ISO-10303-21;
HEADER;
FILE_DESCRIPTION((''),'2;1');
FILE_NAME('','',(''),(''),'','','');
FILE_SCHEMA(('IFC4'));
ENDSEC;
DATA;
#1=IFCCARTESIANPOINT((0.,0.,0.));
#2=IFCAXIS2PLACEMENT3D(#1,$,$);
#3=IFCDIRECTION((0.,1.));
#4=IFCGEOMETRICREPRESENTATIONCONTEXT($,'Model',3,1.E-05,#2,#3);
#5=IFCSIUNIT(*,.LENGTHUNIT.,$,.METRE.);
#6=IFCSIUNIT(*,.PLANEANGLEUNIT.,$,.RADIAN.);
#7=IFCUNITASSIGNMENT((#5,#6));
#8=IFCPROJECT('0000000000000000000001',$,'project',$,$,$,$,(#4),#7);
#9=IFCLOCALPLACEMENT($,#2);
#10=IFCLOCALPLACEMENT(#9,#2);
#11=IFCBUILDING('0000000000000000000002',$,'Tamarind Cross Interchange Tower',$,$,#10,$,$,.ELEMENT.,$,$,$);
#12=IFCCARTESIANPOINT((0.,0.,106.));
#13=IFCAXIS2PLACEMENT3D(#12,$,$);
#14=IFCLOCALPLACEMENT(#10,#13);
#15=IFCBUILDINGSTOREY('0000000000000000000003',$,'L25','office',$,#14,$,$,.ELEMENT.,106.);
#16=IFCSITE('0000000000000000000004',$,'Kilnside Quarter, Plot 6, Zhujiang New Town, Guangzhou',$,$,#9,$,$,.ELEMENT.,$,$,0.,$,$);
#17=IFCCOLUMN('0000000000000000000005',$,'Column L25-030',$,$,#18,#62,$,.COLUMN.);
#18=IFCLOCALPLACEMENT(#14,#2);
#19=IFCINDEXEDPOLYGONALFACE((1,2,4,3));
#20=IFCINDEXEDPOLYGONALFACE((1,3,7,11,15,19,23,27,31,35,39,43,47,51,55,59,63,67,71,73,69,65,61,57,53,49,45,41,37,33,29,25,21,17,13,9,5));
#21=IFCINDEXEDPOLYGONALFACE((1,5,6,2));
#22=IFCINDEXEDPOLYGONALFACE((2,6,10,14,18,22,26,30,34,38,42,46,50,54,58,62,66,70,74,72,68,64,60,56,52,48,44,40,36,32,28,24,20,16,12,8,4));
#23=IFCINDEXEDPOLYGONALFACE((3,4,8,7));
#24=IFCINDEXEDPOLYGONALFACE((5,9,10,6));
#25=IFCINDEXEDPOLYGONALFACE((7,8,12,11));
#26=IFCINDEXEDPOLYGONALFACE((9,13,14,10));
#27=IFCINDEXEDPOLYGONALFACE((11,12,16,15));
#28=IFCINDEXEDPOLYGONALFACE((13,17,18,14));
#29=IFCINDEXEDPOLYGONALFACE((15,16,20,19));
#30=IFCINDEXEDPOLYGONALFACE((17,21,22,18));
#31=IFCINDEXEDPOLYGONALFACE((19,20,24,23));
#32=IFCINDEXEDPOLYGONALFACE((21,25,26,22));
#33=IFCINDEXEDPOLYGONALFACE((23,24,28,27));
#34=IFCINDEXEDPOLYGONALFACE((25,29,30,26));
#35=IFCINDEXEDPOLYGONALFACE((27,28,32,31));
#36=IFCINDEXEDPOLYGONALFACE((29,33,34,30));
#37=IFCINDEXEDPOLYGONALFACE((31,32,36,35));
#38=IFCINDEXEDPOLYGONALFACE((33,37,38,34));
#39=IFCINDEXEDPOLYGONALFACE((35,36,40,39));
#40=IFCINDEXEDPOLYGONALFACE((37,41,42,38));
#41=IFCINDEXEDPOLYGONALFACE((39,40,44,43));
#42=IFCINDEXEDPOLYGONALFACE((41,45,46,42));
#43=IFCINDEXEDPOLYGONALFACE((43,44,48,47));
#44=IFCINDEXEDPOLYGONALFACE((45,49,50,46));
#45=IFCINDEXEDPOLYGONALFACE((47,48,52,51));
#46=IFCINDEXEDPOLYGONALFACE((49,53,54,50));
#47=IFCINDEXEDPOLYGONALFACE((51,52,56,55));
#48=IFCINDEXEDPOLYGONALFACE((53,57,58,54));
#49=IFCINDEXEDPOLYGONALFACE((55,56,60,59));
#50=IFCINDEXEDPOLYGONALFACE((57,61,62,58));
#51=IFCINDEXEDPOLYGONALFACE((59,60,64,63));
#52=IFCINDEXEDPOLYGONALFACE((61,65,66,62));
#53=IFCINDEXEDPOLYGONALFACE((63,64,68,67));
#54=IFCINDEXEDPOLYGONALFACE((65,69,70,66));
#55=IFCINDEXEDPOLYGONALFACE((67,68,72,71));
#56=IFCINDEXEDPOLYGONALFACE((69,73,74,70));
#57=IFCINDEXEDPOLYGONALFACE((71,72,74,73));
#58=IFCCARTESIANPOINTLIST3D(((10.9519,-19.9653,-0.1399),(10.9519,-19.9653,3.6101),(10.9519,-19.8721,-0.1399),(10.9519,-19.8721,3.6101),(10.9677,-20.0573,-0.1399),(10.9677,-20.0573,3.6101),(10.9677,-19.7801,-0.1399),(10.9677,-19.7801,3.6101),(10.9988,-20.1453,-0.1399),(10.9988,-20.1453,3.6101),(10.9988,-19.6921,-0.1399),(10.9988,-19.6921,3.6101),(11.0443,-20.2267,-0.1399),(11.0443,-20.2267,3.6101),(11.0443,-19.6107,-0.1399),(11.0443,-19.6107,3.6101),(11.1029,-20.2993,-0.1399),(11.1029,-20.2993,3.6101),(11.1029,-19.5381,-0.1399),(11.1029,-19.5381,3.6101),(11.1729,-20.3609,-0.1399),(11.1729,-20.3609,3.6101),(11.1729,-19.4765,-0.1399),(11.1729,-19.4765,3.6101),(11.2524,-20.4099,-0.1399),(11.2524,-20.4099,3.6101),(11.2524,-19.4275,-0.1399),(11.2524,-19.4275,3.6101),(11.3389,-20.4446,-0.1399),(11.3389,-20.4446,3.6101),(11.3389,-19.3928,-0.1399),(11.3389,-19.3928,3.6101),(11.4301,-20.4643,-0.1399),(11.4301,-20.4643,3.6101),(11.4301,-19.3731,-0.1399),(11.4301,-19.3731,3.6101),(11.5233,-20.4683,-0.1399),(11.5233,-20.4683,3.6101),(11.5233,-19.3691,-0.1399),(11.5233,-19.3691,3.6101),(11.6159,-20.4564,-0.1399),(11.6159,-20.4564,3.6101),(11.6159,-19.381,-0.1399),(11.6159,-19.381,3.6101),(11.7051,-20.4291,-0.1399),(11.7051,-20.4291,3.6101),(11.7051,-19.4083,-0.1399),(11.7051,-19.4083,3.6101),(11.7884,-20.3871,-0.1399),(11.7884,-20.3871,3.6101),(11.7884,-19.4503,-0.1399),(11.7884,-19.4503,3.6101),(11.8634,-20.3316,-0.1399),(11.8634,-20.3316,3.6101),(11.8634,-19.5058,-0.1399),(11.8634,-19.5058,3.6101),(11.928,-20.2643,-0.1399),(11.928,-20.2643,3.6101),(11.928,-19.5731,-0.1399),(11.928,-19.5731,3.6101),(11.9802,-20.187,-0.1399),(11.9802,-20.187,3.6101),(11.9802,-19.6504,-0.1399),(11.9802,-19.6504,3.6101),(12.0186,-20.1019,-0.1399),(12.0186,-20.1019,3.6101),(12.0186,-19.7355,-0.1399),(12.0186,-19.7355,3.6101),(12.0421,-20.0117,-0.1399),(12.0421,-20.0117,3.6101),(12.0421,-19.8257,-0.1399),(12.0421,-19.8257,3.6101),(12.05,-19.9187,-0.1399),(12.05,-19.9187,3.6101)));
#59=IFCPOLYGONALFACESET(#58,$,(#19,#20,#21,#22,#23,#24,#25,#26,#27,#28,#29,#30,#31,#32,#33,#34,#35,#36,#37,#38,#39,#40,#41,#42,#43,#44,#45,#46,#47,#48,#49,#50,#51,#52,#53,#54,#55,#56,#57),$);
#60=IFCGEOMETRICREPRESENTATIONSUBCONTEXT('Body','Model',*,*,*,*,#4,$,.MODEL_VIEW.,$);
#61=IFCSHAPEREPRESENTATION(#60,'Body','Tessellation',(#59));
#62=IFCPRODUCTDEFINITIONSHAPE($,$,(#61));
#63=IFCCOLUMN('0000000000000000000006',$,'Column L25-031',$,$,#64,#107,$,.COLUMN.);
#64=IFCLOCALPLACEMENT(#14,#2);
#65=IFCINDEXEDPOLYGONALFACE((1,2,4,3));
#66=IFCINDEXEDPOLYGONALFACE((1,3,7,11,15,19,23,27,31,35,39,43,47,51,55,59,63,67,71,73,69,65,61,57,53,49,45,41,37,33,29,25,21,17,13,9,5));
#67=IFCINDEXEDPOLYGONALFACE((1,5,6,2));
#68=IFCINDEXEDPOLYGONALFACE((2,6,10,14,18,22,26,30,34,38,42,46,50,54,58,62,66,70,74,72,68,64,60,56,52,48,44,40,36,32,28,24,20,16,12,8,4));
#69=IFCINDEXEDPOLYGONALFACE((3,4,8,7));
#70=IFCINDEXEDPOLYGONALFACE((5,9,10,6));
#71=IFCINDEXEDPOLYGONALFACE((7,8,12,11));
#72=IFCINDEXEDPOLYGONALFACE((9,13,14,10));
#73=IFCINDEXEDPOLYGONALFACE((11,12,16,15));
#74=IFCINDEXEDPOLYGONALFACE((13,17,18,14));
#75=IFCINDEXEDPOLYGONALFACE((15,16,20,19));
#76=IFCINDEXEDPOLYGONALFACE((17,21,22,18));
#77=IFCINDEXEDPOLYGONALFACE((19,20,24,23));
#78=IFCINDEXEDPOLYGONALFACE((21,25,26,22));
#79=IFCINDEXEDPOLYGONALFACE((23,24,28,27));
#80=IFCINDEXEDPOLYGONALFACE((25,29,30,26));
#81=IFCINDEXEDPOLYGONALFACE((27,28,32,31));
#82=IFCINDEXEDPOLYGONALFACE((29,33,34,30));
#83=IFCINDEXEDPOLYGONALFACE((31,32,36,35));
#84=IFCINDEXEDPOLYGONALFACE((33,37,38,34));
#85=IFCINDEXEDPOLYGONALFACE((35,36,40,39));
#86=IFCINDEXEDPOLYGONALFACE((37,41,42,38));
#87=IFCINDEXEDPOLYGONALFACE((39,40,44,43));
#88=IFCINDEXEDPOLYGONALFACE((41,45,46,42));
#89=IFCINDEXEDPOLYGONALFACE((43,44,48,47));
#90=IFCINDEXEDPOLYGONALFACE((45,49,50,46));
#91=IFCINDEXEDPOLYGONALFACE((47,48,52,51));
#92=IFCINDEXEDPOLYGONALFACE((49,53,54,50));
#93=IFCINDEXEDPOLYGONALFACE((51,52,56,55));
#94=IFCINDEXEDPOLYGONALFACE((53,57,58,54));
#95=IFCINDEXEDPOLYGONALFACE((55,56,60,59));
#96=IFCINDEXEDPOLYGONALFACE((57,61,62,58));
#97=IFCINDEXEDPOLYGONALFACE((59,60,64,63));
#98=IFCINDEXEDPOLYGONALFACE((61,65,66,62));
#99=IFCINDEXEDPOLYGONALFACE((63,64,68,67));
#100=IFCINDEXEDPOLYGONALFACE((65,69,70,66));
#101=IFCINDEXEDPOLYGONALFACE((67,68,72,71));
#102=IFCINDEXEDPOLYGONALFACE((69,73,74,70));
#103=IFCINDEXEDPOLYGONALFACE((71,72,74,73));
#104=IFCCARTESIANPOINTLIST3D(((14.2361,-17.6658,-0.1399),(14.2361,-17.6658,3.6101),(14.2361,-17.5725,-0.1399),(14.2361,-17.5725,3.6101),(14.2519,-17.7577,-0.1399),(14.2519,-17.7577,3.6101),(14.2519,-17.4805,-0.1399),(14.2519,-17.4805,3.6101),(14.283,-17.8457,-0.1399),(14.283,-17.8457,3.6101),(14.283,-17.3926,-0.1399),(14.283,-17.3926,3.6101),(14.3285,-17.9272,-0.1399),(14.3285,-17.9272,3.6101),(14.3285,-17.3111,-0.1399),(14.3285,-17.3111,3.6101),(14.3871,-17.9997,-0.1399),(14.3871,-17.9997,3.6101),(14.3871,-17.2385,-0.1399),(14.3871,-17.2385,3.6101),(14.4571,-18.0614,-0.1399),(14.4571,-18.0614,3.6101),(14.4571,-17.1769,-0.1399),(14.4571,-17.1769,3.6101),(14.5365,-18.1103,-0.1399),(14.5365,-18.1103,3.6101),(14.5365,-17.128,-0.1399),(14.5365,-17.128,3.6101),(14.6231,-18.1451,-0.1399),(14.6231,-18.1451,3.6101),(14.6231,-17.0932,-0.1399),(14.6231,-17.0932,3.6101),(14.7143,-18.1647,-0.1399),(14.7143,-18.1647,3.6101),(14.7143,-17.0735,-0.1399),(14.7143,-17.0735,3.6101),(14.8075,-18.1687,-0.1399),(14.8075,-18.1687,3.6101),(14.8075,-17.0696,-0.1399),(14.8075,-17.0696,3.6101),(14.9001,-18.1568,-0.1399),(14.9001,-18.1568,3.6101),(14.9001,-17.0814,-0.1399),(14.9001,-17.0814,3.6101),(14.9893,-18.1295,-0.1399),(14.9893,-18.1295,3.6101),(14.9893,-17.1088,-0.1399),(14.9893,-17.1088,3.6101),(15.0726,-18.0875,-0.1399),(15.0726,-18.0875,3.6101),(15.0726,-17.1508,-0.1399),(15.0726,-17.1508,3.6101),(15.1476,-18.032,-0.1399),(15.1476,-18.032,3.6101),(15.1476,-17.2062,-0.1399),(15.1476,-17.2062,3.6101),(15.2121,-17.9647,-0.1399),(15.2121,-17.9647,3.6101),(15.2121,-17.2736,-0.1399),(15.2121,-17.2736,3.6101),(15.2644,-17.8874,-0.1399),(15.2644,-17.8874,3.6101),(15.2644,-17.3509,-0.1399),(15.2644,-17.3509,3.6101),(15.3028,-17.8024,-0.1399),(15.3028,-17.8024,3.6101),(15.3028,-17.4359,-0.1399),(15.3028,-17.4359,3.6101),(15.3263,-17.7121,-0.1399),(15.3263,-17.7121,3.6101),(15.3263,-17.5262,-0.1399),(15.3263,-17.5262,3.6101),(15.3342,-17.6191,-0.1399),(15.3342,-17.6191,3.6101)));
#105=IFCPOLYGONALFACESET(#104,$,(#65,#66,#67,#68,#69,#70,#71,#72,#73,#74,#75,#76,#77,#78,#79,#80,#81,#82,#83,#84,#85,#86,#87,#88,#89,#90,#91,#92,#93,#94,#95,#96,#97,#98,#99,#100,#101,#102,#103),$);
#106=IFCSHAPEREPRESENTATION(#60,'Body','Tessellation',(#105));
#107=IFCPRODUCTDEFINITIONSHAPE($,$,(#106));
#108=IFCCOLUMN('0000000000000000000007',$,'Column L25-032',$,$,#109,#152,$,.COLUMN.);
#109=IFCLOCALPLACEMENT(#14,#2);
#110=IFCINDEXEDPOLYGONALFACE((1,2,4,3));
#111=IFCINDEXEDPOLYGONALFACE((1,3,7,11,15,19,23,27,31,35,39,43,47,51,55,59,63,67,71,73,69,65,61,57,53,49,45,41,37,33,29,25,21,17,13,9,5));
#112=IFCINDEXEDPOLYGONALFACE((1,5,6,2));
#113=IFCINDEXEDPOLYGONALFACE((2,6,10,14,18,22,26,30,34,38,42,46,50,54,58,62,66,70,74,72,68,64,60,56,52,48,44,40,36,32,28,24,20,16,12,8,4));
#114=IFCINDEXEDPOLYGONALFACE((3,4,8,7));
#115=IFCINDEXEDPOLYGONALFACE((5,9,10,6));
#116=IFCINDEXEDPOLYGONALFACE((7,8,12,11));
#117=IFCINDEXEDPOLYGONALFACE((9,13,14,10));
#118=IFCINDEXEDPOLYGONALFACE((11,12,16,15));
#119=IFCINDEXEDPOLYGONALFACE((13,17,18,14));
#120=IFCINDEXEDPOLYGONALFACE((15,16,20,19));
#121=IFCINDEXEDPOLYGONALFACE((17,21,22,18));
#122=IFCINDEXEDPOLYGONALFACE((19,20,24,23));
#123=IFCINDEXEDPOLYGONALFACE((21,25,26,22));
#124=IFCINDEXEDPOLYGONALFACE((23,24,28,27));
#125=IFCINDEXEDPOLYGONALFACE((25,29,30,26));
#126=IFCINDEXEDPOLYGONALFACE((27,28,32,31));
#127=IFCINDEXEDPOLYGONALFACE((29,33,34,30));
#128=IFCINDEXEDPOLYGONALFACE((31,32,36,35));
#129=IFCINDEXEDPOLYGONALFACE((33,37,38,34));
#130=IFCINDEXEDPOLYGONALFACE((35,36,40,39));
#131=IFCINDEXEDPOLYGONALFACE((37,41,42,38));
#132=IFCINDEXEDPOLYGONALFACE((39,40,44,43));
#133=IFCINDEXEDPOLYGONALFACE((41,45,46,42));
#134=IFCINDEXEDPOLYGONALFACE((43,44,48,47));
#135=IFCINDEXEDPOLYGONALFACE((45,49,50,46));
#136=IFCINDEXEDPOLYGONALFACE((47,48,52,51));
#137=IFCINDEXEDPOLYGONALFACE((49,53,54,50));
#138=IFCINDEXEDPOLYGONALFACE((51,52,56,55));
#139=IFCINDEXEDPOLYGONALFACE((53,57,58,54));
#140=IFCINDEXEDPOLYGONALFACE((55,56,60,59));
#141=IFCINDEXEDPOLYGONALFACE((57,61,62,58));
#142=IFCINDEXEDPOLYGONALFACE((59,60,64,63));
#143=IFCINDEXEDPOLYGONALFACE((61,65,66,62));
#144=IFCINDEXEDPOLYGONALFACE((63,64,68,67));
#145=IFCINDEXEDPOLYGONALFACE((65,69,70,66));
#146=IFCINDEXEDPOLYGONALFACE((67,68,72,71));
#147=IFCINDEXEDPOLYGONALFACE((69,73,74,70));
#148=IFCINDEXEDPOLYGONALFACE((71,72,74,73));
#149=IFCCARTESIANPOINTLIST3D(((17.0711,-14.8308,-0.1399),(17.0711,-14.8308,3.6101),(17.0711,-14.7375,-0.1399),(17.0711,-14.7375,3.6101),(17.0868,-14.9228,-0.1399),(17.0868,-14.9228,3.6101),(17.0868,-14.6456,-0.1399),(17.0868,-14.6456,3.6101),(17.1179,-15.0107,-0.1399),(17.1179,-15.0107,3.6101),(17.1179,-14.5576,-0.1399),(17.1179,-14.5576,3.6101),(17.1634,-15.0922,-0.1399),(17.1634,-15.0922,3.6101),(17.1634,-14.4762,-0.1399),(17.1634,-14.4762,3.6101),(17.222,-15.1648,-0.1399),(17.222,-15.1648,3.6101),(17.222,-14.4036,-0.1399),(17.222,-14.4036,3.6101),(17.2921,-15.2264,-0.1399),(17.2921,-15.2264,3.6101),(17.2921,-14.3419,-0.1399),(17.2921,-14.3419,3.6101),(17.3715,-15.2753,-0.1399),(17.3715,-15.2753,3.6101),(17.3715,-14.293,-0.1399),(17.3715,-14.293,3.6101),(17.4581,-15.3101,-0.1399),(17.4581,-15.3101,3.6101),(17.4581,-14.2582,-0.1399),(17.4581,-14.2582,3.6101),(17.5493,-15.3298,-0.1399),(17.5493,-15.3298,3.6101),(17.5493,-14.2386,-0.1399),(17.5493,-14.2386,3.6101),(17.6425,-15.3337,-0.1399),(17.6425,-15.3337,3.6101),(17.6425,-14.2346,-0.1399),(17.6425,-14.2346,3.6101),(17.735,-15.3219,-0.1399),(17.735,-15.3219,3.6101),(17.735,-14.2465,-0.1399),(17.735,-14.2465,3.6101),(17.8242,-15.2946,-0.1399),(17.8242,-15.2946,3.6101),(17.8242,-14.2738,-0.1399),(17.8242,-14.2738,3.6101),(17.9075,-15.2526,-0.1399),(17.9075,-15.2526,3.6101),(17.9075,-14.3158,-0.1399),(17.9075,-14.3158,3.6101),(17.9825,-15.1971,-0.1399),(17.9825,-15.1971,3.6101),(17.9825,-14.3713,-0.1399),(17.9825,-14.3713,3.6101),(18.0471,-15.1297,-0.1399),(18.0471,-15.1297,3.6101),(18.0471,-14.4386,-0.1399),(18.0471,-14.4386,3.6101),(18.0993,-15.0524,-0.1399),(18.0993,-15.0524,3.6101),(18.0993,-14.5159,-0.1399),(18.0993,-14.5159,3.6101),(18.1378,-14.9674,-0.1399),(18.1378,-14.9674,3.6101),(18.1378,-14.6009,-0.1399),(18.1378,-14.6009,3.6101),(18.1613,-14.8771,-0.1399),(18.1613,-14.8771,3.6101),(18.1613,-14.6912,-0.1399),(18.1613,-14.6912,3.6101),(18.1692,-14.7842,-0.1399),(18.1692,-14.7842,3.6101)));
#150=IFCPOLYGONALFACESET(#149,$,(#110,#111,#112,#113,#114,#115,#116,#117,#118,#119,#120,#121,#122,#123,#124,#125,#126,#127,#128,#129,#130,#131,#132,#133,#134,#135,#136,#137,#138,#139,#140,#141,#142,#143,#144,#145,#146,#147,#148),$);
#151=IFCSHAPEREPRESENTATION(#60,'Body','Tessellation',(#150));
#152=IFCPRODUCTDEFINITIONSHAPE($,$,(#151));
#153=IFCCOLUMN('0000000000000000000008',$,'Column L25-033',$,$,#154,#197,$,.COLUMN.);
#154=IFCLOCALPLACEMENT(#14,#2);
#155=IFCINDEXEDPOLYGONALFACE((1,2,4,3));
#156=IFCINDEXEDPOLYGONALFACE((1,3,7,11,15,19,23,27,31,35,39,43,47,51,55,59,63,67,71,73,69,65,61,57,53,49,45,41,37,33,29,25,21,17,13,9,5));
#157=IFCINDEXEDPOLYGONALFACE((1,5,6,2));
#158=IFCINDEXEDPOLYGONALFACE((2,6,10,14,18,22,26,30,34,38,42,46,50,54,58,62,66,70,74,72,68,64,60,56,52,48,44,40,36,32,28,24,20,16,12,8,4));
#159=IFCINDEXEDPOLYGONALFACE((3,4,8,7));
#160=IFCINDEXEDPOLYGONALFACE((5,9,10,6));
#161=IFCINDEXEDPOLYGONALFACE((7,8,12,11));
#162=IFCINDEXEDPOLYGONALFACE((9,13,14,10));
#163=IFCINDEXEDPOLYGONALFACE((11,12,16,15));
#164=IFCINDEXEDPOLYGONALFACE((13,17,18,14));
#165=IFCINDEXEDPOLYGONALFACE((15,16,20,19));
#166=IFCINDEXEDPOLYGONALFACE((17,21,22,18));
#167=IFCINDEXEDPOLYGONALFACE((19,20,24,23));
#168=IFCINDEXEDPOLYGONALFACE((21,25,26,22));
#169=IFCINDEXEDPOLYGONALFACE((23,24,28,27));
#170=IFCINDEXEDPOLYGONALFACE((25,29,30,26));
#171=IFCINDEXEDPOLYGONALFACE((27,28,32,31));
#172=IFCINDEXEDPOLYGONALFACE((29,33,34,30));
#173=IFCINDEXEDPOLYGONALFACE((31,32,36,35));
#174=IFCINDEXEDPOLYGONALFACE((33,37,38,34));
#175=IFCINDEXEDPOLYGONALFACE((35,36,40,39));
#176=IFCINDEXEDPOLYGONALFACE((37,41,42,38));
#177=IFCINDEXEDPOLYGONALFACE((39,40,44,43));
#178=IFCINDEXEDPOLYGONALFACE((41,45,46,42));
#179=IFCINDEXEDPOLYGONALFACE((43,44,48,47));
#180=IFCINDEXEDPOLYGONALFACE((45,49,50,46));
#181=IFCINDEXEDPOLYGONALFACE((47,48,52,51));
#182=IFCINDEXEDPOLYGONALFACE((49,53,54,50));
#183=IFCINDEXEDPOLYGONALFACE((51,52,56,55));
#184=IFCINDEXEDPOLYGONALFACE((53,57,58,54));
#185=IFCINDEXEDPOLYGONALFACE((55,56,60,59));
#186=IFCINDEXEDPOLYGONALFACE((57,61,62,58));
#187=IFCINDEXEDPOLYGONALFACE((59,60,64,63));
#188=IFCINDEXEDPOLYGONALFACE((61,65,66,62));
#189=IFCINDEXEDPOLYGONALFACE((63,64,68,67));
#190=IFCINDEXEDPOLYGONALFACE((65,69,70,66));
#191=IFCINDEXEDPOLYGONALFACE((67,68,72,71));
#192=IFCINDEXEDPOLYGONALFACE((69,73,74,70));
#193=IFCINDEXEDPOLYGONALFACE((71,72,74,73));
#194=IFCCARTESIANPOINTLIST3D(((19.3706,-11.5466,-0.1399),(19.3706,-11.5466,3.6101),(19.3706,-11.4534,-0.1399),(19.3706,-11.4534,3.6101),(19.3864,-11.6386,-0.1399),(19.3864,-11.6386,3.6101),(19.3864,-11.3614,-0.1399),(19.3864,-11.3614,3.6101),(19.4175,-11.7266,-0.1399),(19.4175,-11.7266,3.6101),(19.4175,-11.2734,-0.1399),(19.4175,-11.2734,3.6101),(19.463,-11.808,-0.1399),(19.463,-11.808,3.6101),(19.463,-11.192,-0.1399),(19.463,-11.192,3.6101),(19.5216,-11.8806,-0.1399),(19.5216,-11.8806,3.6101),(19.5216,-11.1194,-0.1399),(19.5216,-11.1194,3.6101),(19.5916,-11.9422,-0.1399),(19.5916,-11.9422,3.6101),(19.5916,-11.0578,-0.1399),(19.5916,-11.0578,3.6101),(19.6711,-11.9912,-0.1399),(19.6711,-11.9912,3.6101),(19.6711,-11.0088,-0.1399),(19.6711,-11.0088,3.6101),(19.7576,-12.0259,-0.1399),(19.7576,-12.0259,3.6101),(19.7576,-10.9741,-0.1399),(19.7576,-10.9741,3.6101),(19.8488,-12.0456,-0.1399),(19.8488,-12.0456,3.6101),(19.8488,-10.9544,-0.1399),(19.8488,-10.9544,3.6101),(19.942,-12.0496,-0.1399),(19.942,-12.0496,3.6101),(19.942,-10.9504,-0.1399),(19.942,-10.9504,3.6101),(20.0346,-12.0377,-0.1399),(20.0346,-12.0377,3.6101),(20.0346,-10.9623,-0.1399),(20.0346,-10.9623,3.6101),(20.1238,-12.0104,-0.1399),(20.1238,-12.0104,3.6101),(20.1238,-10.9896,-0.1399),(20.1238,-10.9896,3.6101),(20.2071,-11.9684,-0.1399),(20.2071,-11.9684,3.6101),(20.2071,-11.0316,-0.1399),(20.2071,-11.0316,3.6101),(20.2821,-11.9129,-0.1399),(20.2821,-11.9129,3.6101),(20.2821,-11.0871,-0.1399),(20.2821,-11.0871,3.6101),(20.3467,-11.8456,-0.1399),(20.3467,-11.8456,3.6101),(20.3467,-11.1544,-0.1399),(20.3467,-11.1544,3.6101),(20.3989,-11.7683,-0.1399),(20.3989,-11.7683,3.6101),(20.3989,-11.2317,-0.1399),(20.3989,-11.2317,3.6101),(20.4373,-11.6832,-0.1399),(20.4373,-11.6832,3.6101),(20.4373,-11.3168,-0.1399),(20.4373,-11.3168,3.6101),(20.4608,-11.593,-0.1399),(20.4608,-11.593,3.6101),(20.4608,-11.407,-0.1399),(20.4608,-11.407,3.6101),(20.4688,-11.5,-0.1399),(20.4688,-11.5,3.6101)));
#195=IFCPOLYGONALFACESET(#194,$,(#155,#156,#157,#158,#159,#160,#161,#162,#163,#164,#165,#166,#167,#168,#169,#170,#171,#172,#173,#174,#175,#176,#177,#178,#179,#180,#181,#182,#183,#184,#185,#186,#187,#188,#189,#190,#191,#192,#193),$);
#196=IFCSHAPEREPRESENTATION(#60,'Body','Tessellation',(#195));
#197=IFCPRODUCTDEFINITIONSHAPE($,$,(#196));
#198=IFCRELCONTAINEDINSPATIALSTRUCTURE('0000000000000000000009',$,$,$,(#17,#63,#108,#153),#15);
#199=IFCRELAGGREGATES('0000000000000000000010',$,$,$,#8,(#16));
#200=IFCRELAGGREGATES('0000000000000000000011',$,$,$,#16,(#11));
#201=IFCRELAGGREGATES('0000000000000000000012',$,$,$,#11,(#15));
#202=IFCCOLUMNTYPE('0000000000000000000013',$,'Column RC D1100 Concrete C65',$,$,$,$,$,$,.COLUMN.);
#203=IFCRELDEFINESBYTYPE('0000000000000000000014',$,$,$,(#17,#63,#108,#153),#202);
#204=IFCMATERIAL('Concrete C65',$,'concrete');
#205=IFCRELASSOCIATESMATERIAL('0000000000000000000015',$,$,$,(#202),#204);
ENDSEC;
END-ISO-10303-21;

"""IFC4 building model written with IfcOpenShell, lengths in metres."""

from ifc_helpers import new_model, si_unit, direction, frame, origin, origin_2d, place, context, subcontext, project, spatial, circle, extrude, material, material_profile, profile_set, type_object, element, save


model = new_model("IFC4")

# Units and contexts
model_context = context("Model", 3, precision=1e-05, world=origin(), true_north=direction((0.0, 1.0)))
body_context = subcontext(model_context, "Body", "Model", "MODEL_VIEW")
ifc_project = project(units=[si_unit("LENGTHUNIT", "METRE"), si_unit("PLANEANGLEUNIT", "RADIAN")], contexts=[model_context])

# Site, building, storey
site_placement = place(None, origin())
site = spatial("IfcSite", under=ifc_project, at=site_placement, Name="Kilnside Quarter, Plot 6, Zhujiang New Town, Guangzhou", CompositionType="ELEMENT", RefElevation=0.0)
building_placement = place(site_placement, origin())
building = spatial("IfcBuilding", under=site, at=building_placement, Name="Tamarind Cross Interchange Tower", CompositionType="ELEMENT")
storey_placement = place(building_placement, frame((0.0, 0.0, 106.0)))
storey = spatial("IfcBuildingStorey", under=building, at=storey_placement, Name="L25", Description="office", CompositionType="ELEMENT", Elevation=106.0)

# Columns
ifc_material_1 = material(Name="Concrete C65", Category="concrete")
ifc_material_profile_1 = material_profile(ifc_material_1, circle(Radius=0.55, at=origin_2d()), Name="RC D1100")
ifc_profile_set_1 = profile_set([ifc_material_profile_1], Name="Concrete C65")
column_type = type_object("IfcColumnType", Name="Column RC D1100 Concrete C65", PredefinedType="COLUMN", material=ifc_profile_set_1)
for number, where, z_axis, x_axis, name in (
    (1, (11.5, -19.9187, -0.1399), (0.0, 0.0, 1.0), (1.0, 0.0, 0.0), "Column L25-030"),
    (2, (14.7842, -17.6191, -0.1399), (0.0, 0.0, 1.0), (1.0, 0.0, 0.0), "Column L25-031"),
    (3, (17.6191, -14.7842, -0.1399), (0.0, 0.0, 1.0), (1.0, 0.0, 0.0), "Column L25-032"),
    (4, (19.9187, -11.5, -0.1399), (0.0, 0.0, 1.0), (1.0, 0.0, 0.0), "Column L25-033"),
):
    element("IfcColumn", number, at=place(storey_placement, frame(where, z_axis=z_axis, x_axis=x_axis)), inside=storey, type_object=column_type, Name=name, PredefinedType="COLUMN", context=body_context, shape_type="SweptSolid", body=[
        extrude(circle(Radius=0.55, at=origin_2d()), origin(), (0.0, 0.0, 1.0), 3.75),
    ])

save(model, "model.ifc")
